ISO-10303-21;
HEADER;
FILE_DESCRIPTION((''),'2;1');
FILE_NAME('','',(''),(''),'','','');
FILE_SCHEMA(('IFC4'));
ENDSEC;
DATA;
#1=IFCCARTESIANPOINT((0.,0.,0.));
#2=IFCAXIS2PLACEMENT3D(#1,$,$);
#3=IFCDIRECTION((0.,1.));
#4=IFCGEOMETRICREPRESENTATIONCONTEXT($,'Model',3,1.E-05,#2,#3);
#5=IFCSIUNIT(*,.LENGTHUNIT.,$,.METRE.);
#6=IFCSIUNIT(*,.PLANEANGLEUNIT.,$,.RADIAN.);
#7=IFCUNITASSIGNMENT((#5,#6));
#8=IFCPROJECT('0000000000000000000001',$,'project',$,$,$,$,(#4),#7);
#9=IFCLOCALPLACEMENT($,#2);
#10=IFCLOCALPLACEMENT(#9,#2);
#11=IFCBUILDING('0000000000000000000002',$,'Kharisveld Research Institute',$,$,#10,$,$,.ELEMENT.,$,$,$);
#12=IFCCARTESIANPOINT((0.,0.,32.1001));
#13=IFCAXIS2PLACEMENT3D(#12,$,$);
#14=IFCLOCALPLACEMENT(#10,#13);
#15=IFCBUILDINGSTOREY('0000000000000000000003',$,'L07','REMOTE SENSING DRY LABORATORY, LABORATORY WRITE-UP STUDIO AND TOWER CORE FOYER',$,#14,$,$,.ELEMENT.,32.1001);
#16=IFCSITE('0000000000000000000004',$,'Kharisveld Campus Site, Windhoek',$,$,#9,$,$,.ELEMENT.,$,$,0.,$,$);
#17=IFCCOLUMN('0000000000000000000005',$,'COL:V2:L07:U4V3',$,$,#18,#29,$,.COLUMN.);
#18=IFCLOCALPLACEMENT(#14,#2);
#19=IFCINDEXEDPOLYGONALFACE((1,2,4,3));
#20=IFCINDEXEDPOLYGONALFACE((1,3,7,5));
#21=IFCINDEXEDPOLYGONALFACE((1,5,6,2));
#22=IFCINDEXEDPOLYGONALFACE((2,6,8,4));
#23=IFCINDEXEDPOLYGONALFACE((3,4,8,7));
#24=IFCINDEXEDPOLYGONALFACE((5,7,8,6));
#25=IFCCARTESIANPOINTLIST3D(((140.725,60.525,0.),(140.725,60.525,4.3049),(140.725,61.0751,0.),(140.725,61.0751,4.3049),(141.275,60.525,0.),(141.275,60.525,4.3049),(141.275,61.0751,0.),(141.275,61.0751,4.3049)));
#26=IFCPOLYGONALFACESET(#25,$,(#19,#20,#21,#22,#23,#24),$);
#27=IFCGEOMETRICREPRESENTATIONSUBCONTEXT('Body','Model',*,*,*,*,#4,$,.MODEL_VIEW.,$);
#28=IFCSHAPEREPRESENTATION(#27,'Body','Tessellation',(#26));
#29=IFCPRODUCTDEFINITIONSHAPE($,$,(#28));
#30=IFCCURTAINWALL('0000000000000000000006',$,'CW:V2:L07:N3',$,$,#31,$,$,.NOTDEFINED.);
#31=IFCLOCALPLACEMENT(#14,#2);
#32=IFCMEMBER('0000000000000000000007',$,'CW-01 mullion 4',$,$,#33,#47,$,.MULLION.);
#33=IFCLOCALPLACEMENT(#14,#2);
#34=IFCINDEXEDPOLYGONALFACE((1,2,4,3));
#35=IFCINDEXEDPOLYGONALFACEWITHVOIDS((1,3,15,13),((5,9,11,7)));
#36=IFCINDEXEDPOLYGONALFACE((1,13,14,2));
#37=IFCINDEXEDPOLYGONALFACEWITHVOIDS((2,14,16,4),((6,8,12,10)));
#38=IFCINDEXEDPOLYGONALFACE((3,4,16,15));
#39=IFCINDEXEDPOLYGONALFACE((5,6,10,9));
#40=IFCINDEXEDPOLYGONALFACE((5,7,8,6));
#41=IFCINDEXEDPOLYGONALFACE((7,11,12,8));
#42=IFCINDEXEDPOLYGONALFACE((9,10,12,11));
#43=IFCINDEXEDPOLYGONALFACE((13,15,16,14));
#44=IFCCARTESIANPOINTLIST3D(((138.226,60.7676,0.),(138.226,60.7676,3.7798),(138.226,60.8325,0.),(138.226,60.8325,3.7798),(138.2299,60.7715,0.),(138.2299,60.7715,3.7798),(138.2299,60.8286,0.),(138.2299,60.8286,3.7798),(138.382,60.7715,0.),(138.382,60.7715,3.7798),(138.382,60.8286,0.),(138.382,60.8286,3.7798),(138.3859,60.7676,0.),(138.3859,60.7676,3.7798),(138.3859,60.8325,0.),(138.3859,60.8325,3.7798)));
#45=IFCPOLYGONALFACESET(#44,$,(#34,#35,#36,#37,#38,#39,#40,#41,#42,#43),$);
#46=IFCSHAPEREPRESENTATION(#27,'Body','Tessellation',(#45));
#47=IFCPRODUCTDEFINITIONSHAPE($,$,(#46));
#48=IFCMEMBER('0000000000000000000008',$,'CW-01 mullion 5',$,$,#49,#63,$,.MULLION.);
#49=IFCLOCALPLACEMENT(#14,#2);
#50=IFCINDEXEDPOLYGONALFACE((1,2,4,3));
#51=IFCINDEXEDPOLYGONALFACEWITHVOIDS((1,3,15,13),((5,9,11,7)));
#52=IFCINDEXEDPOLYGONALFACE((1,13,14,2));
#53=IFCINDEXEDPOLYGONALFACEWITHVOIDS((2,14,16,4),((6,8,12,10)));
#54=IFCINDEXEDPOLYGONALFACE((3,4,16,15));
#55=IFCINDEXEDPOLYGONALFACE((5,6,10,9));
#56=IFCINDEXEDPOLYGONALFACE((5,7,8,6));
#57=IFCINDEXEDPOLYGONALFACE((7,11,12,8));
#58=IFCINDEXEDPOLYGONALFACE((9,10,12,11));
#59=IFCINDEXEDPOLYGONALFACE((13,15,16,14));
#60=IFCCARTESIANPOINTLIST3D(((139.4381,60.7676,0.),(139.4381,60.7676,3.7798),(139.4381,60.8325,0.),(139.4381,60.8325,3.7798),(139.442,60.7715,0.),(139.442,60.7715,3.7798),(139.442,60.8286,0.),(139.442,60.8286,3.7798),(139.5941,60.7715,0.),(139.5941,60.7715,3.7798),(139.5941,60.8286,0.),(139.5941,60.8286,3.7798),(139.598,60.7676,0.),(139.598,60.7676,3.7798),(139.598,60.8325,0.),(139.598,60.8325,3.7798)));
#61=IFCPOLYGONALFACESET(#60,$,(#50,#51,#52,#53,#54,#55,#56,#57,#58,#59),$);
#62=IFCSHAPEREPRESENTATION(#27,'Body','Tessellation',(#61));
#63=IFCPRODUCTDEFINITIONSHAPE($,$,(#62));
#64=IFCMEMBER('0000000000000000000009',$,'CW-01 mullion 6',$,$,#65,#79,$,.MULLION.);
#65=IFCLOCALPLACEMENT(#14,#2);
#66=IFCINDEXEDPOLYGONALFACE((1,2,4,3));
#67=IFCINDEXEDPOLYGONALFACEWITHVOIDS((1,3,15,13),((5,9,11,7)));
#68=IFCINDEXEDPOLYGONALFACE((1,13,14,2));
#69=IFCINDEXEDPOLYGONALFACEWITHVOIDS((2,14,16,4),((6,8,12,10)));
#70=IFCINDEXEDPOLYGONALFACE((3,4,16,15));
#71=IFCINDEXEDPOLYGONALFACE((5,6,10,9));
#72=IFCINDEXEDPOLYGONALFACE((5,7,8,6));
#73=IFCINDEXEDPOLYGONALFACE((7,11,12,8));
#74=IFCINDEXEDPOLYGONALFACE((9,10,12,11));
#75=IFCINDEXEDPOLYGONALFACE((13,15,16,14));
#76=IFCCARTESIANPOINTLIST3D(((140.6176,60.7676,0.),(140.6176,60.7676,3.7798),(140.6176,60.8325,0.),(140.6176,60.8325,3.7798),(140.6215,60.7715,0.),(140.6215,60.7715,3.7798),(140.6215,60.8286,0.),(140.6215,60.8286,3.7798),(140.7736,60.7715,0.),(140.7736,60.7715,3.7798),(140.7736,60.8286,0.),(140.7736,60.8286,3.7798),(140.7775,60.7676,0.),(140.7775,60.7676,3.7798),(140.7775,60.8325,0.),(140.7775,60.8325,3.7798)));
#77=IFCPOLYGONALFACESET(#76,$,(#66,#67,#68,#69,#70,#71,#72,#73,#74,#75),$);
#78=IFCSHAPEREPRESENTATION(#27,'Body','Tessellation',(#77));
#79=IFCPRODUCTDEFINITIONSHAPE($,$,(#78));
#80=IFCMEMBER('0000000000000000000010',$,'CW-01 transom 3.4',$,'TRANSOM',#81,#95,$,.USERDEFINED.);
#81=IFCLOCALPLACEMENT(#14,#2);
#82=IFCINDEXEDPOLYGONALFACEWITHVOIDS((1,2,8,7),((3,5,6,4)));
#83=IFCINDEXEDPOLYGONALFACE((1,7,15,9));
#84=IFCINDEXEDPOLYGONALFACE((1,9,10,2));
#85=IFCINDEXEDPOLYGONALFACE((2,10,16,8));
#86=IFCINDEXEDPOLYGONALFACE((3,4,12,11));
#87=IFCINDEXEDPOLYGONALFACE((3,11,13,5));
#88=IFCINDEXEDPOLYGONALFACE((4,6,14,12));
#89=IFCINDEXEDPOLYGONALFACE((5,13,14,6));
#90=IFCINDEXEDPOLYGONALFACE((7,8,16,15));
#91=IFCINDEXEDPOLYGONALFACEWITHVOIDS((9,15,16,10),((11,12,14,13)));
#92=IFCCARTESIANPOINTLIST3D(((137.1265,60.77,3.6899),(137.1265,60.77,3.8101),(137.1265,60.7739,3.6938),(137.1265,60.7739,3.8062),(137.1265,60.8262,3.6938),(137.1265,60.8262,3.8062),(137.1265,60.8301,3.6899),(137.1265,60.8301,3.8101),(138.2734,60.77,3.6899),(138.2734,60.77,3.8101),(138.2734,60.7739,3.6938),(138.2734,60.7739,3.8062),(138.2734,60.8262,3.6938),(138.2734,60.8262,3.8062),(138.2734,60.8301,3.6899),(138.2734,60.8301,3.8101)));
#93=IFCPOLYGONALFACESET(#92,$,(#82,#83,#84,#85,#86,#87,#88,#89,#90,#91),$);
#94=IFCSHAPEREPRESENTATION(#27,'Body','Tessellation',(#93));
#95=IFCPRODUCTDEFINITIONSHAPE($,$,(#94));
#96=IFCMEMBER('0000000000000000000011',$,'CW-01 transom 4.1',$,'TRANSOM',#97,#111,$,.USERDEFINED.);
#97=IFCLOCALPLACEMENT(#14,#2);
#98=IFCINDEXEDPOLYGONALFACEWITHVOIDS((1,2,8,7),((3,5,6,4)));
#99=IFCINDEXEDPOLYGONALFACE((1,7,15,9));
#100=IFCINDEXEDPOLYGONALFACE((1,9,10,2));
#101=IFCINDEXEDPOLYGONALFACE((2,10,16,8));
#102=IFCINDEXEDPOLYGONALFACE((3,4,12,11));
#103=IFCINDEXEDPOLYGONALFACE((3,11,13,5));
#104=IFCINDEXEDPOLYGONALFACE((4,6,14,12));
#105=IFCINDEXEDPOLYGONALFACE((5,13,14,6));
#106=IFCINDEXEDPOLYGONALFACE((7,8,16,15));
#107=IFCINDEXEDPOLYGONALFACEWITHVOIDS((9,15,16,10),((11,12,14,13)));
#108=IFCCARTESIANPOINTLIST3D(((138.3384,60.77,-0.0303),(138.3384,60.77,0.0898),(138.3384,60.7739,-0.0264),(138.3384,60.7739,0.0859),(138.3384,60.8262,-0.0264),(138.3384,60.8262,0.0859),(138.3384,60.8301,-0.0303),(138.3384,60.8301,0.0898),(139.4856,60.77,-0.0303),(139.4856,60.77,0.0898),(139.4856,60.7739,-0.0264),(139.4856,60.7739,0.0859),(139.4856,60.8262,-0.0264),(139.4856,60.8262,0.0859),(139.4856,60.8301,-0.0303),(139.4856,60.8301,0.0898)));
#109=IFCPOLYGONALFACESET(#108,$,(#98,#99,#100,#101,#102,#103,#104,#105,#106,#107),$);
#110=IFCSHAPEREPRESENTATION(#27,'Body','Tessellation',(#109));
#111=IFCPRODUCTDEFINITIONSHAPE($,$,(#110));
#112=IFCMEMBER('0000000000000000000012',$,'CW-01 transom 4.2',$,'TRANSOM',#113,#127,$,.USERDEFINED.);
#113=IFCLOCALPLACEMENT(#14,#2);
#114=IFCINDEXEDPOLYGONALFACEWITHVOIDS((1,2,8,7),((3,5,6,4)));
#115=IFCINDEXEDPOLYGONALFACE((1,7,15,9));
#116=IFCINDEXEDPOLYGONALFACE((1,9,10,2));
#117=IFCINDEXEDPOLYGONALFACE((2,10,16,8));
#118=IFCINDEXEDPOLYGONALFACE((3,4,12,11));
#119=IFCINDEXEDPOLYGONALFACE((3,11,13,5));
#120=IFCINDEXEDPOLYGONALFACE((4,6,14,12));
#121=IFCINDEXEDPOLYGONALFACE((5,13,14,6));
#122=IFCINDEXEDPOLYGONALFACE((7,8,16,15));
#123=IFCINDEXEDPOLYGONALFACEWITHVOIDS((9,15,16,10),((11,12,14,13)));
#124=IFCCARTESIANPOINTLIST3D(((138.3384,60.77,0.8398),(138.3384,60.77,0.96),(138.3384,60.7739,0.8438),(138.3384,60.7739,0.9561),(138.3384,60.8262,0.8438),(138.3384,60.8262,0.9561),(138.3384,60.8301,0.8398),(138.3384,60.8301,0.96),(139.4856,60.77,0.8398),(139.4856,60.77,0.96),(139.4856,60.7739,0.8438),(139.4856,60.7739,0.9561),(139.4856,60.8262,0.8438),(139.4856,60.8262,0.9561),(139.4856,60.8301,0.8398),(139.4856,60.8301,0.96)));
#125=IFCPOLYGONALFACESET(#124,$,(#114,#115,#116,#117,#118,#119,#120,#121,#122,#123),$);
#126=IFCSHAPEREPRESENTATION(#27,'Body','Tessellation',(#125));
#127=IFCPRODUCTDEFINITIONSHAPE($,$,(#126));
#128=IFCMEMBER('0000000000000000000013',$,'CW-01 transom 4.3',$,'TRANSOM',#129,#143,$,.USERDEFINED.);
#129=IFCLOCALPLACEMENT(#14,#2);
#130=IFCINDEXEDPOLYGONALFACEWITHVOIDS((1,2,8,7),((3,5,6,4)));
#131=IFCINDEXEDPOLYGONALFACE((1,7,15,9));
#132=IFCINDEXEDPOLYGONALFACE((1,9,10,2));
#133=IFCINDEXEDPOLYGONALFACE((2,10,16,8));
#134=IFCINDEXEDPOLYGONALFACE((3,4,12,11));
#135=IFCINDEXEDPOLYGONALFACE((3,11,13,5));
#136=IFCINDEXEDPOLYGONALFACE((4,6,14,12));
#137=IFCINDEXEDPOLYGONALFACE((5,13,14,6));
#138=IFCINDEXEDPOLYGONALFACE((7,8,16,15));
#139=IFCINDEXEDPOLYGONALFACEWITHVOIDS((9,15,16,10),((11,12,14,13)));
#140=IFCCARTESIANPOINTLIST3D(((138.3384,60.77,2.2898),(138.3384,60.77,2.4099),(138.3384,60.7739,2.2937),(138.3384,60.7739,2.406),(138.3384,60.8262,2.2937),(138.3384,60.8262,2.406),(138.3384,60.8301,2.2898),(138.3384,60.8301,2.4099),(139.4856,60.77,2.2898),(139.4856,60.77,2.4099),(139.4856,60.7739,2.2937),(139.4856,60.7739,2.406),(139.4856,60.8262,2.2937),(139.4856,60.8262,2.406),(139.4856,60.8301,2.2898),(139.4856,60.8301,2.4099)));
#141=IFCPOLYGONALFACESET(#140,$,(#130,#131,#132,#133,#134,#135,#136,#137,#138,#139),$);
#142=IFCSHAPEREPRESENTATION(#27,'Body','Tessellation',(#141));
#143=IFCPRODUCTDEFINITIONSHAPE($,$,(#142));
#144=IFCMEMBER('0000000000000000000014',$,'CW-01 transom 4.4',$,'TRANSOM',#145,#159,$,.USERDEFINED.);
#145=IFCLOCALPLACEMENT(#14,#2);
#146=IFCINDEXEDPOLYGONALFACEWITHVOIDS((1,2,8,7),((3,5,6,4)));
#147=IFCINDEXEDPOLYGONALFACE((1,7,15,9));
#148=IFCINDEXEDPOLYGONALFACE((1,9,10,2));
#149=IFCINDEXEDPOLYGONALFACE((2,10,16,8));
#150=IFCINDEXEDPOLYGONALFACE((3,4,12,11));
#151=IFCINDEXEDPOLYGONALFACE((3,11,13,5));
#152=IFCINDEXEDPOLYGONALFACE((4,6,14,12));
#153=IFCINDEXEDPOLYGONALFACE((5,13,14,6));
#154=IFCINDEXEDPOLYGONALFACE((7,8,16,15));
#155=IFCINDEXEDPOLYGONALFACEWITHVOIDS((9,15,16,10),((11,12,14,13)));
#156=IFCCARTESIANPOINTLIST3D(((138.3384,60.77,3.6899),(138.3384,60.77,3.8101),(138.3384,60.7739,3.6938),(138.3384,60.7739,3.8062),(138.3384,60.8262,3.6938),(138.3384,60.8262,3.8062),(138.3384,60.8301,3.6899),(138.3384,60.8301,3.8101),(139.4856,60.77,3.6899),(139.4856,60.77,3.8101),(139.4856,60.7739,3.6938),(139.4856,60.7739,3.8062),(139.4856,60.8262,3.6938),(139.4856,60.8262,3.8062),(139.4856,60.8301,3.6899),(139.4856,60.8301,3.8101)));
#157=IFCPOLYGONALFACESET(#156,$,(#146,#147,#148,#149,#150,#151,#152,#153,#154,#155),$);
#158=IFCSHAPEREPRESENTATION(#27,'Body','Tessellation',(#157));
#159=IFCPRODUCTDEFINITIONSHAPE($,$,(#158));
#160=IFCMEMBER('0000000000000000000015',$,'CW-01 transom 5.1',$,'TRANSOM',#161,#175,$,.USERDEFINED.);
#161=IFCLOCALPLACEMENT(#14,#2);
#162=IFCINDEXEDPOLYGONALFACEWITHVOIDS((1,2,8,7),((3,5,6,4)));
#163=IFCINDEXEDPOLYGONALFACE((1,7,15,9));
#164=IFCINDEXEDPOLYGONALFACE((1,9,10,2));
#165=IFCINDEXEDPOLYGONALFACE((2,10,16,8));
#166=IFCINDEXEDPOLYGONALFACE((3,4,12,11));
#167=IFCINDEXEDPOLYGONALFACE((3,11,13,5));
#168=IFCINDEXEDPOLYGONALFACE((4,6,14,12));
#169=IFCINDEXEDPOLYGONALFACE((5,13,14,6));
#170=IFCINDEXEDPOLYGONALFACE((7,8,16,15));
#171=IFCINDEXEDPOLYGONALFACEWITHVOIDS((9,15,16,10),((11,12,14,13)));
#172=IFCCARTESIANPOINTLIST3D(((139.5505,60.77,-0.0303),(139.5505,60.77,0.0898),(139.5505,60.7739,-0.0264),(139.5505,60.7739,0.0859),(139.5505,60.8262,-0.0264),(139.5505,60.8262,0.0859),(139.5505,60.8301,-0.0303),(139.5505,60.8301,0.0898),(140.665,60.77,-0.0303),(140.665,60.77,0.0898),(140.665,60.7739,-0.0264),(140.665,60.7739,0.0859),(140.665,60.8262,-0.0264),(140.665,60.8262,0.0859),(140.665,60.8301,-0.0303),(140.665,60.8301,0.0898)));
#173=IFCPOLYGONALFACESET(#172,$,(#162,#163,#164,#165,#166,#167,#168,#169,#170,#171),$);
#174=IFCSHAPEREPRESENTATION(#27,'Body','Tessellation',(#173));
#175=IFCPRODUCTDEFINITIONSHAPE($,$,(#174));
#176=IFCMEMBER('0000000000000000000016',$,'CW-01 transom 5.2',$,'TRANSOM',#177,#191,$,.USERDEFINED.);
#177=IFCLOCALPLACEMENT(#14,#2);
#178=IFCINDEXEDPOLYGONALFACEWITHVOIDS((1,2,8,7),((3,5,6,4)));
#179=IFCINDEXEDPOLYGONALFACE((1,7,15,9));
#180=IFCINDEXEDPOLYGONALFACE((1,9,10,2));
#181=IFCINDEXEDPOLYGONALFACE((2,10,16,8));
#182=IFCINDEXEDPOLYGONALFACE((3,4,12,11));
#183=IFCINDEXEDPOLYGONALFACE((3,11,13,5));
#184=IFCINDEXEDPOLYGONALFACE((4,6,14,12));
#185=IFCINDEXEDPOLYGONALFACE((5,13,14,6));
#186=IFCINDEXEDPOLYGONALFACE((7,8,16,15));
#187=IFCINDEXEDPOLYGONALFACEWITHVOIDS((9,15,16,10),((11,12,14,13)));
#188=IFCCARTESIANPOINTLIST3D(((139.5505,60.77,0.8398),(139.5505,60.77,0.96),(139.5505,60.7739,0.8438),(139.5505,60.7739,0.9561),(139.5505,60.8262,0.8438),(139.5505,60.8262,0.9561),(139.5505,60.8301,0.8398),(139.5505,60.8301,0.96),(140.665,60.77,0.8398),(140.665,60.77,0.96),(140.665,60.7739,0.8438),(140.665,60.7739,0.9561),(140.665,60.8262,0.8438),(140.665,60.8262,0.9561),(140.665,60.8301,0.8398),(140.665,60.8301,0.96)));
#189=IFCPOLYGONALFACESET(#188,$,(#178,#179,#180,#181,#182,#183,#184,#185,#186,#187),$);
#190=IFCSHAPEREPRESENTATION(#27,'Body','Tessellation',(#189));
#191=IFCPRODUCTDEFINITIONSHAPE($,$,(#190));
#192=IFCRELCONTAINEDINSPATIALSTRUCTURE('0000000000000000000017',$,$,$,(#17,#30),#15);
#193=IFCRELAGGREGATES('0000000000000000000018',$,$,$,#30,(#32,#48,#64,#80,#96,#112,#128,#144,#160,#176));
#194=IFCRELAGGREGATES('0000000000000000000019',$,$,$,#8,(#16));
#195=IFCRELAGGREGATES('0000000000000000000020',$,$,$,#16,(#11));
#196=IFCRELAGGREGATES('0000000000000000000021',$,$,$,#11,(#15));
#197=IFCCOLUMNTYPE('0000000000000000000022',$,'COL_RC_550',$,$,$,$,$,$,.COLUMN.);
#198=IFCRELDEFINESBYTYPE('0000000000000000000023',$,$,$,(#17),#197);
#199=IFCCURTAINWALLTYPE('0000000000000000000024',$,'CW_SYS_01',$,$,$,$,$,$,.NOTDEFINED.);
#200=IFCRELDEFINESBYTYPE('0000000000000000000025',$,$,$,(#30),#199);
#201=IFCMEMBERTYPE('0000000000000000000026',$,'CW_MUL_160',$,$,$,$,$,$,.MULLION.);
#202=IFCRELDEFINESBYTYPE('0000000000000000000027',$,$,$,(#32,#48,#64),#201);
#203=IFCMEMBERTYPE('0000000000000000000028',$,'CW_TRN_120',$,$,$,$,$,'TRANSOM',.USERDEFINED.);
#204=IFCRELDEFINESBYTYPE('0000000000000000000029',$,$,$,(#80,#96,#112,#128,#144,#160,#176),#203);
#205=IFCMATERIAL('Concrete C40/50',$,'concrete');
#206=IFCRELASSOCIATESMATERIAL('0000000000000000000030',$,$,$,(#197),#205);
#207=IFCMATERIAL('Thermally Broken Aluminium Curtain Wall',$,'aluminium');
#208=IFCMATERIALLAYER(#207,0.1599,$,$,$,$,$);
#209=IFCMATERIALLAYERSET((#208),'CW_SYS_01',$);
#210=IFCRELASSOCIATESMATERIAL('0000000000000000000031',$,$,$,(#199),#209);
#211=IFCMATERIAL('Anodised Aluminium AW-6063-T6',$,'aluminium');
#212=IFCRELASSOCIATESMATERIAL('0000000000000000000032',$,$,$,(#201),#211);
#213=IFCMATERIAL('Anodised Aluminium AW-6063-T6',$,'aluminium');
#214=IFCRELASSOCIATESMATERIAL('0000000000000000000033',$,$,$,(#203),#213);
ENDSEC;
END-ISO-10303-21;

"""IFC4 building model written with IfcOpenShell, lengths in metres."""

from ifc_helpers import new_model, si_unit, direction, frame, origin, origin_2d, place, context, subcontext, project, spatial, rectangle, hollow_rectangle, extrude, material, layer, layer_set, material_profile, profile_set, type_object, element, aggregate, save


model = new_model("IFC4")

# Units and contexts
model_context = context("Model", 3, precision=1e-05, world=origin(), true_north=direction((0.0, 1.0)))
body_context = subcontext(model_context, "Body", "Model", "MODEL_VIEW")
ifc_project = project(units=[si_unit("LENGTHUNIT", "METRE"), si_unit("PLANEANGLEUNIT", "RADIAN")], contexts=[model_context])

# Site, building, storey
site_placement = place(None, origin())
site = spatial("IfcSite", under=ifc_project, at=site_placement, Name="Kharisveld Campus Site, Windhoek", CompositionType="ELEMENT", RefElevation=0.0)
building_placement = place(site_placement, origin())
building = spatial("IfcBuilding", under=site, at=building_placement, Name="Kharisveld Research Institute", CompositionType="ELEMENT")
storey_placement = place(building_placement, frame((0.0, 0.0, 32.1001)))
storey = spatial("IfcBuildingStorey", under=building, at=storey_placement, Name="L07", Description="REMOTE SENSING DRY LABORATORY, LABORATORY WRITE-UP STUDIO AND TOWER CORE FOYER", CompositionType="ELEMENT", Elevation=32.1001)

# Column
ifc_material_1 = material(Name="Concrete C40/50", Category="concrete")
ifc_material_profile_1 = material_profile(ifc_material_1, rectangle(XDim=0.55, YDim=0.55, at=origin_2d()))
ifc_profile_set_1 = profile_set([ifc_material_profile_1], Name="Concrete C40/50")
column_type = type_object("IfcColumnType", Name="COL_RC_550", PredefinedType="COLUMN", material=ifc_profile_set_1)
column_placement = place(storey_placement, frame((141.0, 60.8, 0.0), z_axis=(0.0, 0.0, 1.0), x_axis=(1.0, 0.0, 0.0)))
element("IfcColumn", 1, at=column_placement, inside=storey, type_object=column_type, Name="COL:V2:L07:U4V3", PredefinedType="COLUMN", context=body_context, shape_type="SweptSolid", body=[
    extrude(rectangle(XDim=0.55, YDim=0.55, at=origin_2d()), origin(), (0.0, 0.0, 1.0), 4.3049),
])

# Curtain wall, members
ifc_material_2 = material(Name="Thermally Broken Aluminium Curtain Wall", Category="aluminium")
ifc_layer_1 = layer(ifc_material_2, 0.1599)
ifc_layer_set_1 = layer_set([ifc_layer_1], Name="CW_SYS_01")
curtain_wall_type = type_object("IfcCurtainWallType", Name="CW_SYS_01", PredefinedType="NOTDEFINED", material=ifc_layer_set_1)
curtain_wall_placement = place(storey_placement, origin())
curtain_wall = element("IfcCurtainWall", 2, at=curtain_wall_placement, inside=storey, type_object=curtain_wall_type, Name="CW:V2:L07:N3", PredefinedType="NOTDEFINED")
ifc_material_3 = material(Name="Anodised Aluminium AW-6063-T6", Category="aluminium")
ifc_material_profile_2 = material_profile(ifc_material_3, hollow_rectangle(XDim=0.0649, YDim=0.1599, WallThickness=0.0039, at=origin_2d()))
ifc_profile_set_2 = profile_set([ifc_material_profile_2], Name="Anodised Aluminium AW-6063-T6")
member_type_1 = type_object("IfcMemberType", Name="CW_MUL_160", PredefinedType="MULLION", material=ifc_profile_set_2)
member_1_placement = place(storey_placement, frame((138.3059, 60.8, 0.0), z_axis=(0.0, 0.0, 1.0), x_axis=(0.0, 1.0, 0.0)))
member_1 = element("IfcMember", 3, at=member_1_placement, type_object=member_type_1, Name="CW-01 mullion 4", PredefinedType="MULLION", context=body_context, shape_type="SweptSolid", body=[
    extrude(hollow_rectangle(XDim=0.0649, YDim=0.1599, WallThickness=0.0039, at=origin_2d()), origin(), (0.0, 0.0, 1.0), 3.7798),
])
member_2_placement = place(storey_placement, frame((139.5181, 60.8, 0.0), z_axis=(0.0, 0.0, 1.0), x_axis=(0.0, 1.0, 0.0)))
member_2 = element("IfcMember", 4, at=member_2_placement, type_object=member_type_1, Name="CW-01 mullion 5", PredefinedType="MULLION", context=body_context, shape_type="SweptSolid", body=[
    extrude(hollow_rectangle(XDim=0.0649, YDim=0.1599, WallThickness=0.0039, at=origin_2d()), origin(), (0.0, 0.0, 1.0), 3.7798),
])
member_3_placement = place(storey_placement, frame((140.6975, 60.8, 0.0), z_axis=(0.0, 0.0, 1.0), x_axis=(0.0, 1.0, 0.0)))
member_3 = element("IfcMember", 5, at=member_3_placement, type_object=member_type_1, Name="CW-01 mullion 6", PredefinedType="MULLION", context=body_context, shape_type="SweptSolid", body=[
    extrude(hollow_rectangle(XDim=0.0649, YDim=0.1599, WallThickness=0.0039, at=origin_2d()), origin(), (0.0, 0.0, 1.0), 3.7798),
])
ifc_material_4 = material(Name="Anodised Aluminium AW-6063-T6", Category="aluminium")
ifc_material_profile_3 = material_profile(ifc_material_4, hollow_rectangle(XDim=0.0601, YDim=0.1201, WallThickness=0.0039, at=origin_2d()))
ifc_profile_set_3 = profile_set([ifc_material_profile_3], Name="Anodised Aluminium AW-6063-T6")
member_type_2 = type_object("IfcMemberType", Name="CW_TRN_120", ElementType="TRANSOM", PredefinedType="USERDEFINED", material=ifc_profile_set_3)
member_4_placement = place(storey_placement, frame((137.1265, 60.8, 3.75), z_axis=(1.0, 0.0, 0.0), x_axis=(0.0, 1.0, 0.0)))
member_4 = element("IfcMember", 6, at=member_4_placement, type_object=member_type_2, Name="CW-01 transom 3.4", ObjectType="TRANSOM", PredefinedType="USERDEFINED", context=body_context, shape_type="SweptSolid", body=[
    extrude(hollow_rectangle(XDim=0.0601, YDim=0.1201, WallThickness=0.0039, at=origin_2d()), origin(), (0.0, 0.0, 1.0), 1.147),
])
member_5_placement = place(storey_placement, frame((138.3384, 60.8, 0.0298), z_axis=(1.0, 0.0, 0.0), x_axis=(0.0, 1.0, 0.0)))
member_5 = element("IfcMember", 7, at=member_5_placement, type_object=member_type_2, Name="CW-01 transom 4.1", ObjectType="TRANSOM", PredefinedType="USERDEFINED", context=body_context, shape_type="SweptSolid", body=[
    extrude(hollow_rectangle(XDim=0.0601, YDim=0.1201, WallThickness=0.0039, at=origin_2d()), origin(), (0.0, 0.0, 1.0), 1.1472),
])
member_6_placement = place(storey_placement, frame((138.3384, 60.8, 0.8999), z_axis=(1.0, 0.0, 0.0), x_axis=(0.0, 1.0, 0.0)))
member_6 = element("IfcMember", 8, at=member_6_placement, type_object=member_type_2, Name="CW-01 transom 4.2", ObjectType="TRANSOM", PredefinedType="USERDEFINED", context=body_context, shape_type="SweptSolid", body=[
    extrude(hollow_rectangle(XDim=0.0601, YDim=0.1201, WallThickness=0.0039, at=origin_2d()), origin(), (0.0, 0.0, 1.0), 1.1472),
])
member_7_placement = place(storey_placement, frame((138.3384, 60.8, 2.3499), z_axis=(1.0, 0.0, 0.0), x_axis=(0.0, 1.0, 0.0)))
member_7 = element("IfcMember", 9, at=member_7_placement, type_object=member_type_2, Name="CW-01 transom 4.3", ObjectType="TRANSOM", PredefinedType="USERDEFINED", context=body_context, shape_type="SweptSolid", body=[
    extrude(hollow_rectangle(XDim=0.0601, YDim=0.1201, WallThickness=0.0039, at=origin_2d()), origin(), (0.0, 0.0, 1.0), 1.1472),
])
member_8_placement = place(storey_placement, frame((138.3384, 60.8, 3.75), z_axis=(1.0, 0.0, 0.0), x_axis=(0.0, 1.0, 0.0)))
member_8 = element("IfcMember", 10, at=member_8_placement, type_object=member_type_2, Name="CW-01 transom 4.4", ObjectType="TRANSOM", PredefinedType="USERDEFINED", context=body_context, shape_type="SweptSolid", body=[
    extrude(hollow_rectangle(XDim=0.0601, YDim=0.1201, WallThickness=0.0039, at=origin_2d()), origin(), (0.0, 0.0, 1.0), 1.1472),
])
member_9_placement = place(storey_placement, frame((139.5505, 60.8, 0.0298), z_axis=(1.0, 0.0, 0.0), x_axis=(0.0, 1.0, 0.0)))
member_9 = element("IfcMember", 11, at=member_9_placement, type_object=member_type_2, Name="CW-01 transom 5.1", ObjectType="TRANSOM", PredefinedType="USERDEFINED", context=body_context, shape_type="SweptSolid", body=[
    extrude(hollow_rectangle(XDim=0.0601, YDim=0.1201, WallThickness=0.0039, at=origin_2d()), origin(), (0.0, 0.0, 1.0), 1.1145),
])
member_10_placement = place(storey_placement, frame((139.5505, 60.8, 0.8999), z_axis=(1.0, 0.0, 0.0), x_axis=(0.0, 1.0, 0.0)))
member_10 = element("IfcMember", 12, at=member_10_placement, type_object=member_type_2, Name="CW-01 transom 5.2", ObjectType="TRANSOM", PredefinedType="USERDEFINED", context=body_context, shape_type="SweptSolid", body=[
    extrude(hollow_rectangle(XDim=0.0601, YDim=0.1201, WallThickness=0.0039, at=origin_2d()), origin(), (0.0, 0.0, 1.0), 1.1145),
])

aggregate(curtain_wall, [member_1, member_2, member_3, member_4, member_5, member_6, member_7, member_8, member_9, member_10])

save(model, "model.ifc")
